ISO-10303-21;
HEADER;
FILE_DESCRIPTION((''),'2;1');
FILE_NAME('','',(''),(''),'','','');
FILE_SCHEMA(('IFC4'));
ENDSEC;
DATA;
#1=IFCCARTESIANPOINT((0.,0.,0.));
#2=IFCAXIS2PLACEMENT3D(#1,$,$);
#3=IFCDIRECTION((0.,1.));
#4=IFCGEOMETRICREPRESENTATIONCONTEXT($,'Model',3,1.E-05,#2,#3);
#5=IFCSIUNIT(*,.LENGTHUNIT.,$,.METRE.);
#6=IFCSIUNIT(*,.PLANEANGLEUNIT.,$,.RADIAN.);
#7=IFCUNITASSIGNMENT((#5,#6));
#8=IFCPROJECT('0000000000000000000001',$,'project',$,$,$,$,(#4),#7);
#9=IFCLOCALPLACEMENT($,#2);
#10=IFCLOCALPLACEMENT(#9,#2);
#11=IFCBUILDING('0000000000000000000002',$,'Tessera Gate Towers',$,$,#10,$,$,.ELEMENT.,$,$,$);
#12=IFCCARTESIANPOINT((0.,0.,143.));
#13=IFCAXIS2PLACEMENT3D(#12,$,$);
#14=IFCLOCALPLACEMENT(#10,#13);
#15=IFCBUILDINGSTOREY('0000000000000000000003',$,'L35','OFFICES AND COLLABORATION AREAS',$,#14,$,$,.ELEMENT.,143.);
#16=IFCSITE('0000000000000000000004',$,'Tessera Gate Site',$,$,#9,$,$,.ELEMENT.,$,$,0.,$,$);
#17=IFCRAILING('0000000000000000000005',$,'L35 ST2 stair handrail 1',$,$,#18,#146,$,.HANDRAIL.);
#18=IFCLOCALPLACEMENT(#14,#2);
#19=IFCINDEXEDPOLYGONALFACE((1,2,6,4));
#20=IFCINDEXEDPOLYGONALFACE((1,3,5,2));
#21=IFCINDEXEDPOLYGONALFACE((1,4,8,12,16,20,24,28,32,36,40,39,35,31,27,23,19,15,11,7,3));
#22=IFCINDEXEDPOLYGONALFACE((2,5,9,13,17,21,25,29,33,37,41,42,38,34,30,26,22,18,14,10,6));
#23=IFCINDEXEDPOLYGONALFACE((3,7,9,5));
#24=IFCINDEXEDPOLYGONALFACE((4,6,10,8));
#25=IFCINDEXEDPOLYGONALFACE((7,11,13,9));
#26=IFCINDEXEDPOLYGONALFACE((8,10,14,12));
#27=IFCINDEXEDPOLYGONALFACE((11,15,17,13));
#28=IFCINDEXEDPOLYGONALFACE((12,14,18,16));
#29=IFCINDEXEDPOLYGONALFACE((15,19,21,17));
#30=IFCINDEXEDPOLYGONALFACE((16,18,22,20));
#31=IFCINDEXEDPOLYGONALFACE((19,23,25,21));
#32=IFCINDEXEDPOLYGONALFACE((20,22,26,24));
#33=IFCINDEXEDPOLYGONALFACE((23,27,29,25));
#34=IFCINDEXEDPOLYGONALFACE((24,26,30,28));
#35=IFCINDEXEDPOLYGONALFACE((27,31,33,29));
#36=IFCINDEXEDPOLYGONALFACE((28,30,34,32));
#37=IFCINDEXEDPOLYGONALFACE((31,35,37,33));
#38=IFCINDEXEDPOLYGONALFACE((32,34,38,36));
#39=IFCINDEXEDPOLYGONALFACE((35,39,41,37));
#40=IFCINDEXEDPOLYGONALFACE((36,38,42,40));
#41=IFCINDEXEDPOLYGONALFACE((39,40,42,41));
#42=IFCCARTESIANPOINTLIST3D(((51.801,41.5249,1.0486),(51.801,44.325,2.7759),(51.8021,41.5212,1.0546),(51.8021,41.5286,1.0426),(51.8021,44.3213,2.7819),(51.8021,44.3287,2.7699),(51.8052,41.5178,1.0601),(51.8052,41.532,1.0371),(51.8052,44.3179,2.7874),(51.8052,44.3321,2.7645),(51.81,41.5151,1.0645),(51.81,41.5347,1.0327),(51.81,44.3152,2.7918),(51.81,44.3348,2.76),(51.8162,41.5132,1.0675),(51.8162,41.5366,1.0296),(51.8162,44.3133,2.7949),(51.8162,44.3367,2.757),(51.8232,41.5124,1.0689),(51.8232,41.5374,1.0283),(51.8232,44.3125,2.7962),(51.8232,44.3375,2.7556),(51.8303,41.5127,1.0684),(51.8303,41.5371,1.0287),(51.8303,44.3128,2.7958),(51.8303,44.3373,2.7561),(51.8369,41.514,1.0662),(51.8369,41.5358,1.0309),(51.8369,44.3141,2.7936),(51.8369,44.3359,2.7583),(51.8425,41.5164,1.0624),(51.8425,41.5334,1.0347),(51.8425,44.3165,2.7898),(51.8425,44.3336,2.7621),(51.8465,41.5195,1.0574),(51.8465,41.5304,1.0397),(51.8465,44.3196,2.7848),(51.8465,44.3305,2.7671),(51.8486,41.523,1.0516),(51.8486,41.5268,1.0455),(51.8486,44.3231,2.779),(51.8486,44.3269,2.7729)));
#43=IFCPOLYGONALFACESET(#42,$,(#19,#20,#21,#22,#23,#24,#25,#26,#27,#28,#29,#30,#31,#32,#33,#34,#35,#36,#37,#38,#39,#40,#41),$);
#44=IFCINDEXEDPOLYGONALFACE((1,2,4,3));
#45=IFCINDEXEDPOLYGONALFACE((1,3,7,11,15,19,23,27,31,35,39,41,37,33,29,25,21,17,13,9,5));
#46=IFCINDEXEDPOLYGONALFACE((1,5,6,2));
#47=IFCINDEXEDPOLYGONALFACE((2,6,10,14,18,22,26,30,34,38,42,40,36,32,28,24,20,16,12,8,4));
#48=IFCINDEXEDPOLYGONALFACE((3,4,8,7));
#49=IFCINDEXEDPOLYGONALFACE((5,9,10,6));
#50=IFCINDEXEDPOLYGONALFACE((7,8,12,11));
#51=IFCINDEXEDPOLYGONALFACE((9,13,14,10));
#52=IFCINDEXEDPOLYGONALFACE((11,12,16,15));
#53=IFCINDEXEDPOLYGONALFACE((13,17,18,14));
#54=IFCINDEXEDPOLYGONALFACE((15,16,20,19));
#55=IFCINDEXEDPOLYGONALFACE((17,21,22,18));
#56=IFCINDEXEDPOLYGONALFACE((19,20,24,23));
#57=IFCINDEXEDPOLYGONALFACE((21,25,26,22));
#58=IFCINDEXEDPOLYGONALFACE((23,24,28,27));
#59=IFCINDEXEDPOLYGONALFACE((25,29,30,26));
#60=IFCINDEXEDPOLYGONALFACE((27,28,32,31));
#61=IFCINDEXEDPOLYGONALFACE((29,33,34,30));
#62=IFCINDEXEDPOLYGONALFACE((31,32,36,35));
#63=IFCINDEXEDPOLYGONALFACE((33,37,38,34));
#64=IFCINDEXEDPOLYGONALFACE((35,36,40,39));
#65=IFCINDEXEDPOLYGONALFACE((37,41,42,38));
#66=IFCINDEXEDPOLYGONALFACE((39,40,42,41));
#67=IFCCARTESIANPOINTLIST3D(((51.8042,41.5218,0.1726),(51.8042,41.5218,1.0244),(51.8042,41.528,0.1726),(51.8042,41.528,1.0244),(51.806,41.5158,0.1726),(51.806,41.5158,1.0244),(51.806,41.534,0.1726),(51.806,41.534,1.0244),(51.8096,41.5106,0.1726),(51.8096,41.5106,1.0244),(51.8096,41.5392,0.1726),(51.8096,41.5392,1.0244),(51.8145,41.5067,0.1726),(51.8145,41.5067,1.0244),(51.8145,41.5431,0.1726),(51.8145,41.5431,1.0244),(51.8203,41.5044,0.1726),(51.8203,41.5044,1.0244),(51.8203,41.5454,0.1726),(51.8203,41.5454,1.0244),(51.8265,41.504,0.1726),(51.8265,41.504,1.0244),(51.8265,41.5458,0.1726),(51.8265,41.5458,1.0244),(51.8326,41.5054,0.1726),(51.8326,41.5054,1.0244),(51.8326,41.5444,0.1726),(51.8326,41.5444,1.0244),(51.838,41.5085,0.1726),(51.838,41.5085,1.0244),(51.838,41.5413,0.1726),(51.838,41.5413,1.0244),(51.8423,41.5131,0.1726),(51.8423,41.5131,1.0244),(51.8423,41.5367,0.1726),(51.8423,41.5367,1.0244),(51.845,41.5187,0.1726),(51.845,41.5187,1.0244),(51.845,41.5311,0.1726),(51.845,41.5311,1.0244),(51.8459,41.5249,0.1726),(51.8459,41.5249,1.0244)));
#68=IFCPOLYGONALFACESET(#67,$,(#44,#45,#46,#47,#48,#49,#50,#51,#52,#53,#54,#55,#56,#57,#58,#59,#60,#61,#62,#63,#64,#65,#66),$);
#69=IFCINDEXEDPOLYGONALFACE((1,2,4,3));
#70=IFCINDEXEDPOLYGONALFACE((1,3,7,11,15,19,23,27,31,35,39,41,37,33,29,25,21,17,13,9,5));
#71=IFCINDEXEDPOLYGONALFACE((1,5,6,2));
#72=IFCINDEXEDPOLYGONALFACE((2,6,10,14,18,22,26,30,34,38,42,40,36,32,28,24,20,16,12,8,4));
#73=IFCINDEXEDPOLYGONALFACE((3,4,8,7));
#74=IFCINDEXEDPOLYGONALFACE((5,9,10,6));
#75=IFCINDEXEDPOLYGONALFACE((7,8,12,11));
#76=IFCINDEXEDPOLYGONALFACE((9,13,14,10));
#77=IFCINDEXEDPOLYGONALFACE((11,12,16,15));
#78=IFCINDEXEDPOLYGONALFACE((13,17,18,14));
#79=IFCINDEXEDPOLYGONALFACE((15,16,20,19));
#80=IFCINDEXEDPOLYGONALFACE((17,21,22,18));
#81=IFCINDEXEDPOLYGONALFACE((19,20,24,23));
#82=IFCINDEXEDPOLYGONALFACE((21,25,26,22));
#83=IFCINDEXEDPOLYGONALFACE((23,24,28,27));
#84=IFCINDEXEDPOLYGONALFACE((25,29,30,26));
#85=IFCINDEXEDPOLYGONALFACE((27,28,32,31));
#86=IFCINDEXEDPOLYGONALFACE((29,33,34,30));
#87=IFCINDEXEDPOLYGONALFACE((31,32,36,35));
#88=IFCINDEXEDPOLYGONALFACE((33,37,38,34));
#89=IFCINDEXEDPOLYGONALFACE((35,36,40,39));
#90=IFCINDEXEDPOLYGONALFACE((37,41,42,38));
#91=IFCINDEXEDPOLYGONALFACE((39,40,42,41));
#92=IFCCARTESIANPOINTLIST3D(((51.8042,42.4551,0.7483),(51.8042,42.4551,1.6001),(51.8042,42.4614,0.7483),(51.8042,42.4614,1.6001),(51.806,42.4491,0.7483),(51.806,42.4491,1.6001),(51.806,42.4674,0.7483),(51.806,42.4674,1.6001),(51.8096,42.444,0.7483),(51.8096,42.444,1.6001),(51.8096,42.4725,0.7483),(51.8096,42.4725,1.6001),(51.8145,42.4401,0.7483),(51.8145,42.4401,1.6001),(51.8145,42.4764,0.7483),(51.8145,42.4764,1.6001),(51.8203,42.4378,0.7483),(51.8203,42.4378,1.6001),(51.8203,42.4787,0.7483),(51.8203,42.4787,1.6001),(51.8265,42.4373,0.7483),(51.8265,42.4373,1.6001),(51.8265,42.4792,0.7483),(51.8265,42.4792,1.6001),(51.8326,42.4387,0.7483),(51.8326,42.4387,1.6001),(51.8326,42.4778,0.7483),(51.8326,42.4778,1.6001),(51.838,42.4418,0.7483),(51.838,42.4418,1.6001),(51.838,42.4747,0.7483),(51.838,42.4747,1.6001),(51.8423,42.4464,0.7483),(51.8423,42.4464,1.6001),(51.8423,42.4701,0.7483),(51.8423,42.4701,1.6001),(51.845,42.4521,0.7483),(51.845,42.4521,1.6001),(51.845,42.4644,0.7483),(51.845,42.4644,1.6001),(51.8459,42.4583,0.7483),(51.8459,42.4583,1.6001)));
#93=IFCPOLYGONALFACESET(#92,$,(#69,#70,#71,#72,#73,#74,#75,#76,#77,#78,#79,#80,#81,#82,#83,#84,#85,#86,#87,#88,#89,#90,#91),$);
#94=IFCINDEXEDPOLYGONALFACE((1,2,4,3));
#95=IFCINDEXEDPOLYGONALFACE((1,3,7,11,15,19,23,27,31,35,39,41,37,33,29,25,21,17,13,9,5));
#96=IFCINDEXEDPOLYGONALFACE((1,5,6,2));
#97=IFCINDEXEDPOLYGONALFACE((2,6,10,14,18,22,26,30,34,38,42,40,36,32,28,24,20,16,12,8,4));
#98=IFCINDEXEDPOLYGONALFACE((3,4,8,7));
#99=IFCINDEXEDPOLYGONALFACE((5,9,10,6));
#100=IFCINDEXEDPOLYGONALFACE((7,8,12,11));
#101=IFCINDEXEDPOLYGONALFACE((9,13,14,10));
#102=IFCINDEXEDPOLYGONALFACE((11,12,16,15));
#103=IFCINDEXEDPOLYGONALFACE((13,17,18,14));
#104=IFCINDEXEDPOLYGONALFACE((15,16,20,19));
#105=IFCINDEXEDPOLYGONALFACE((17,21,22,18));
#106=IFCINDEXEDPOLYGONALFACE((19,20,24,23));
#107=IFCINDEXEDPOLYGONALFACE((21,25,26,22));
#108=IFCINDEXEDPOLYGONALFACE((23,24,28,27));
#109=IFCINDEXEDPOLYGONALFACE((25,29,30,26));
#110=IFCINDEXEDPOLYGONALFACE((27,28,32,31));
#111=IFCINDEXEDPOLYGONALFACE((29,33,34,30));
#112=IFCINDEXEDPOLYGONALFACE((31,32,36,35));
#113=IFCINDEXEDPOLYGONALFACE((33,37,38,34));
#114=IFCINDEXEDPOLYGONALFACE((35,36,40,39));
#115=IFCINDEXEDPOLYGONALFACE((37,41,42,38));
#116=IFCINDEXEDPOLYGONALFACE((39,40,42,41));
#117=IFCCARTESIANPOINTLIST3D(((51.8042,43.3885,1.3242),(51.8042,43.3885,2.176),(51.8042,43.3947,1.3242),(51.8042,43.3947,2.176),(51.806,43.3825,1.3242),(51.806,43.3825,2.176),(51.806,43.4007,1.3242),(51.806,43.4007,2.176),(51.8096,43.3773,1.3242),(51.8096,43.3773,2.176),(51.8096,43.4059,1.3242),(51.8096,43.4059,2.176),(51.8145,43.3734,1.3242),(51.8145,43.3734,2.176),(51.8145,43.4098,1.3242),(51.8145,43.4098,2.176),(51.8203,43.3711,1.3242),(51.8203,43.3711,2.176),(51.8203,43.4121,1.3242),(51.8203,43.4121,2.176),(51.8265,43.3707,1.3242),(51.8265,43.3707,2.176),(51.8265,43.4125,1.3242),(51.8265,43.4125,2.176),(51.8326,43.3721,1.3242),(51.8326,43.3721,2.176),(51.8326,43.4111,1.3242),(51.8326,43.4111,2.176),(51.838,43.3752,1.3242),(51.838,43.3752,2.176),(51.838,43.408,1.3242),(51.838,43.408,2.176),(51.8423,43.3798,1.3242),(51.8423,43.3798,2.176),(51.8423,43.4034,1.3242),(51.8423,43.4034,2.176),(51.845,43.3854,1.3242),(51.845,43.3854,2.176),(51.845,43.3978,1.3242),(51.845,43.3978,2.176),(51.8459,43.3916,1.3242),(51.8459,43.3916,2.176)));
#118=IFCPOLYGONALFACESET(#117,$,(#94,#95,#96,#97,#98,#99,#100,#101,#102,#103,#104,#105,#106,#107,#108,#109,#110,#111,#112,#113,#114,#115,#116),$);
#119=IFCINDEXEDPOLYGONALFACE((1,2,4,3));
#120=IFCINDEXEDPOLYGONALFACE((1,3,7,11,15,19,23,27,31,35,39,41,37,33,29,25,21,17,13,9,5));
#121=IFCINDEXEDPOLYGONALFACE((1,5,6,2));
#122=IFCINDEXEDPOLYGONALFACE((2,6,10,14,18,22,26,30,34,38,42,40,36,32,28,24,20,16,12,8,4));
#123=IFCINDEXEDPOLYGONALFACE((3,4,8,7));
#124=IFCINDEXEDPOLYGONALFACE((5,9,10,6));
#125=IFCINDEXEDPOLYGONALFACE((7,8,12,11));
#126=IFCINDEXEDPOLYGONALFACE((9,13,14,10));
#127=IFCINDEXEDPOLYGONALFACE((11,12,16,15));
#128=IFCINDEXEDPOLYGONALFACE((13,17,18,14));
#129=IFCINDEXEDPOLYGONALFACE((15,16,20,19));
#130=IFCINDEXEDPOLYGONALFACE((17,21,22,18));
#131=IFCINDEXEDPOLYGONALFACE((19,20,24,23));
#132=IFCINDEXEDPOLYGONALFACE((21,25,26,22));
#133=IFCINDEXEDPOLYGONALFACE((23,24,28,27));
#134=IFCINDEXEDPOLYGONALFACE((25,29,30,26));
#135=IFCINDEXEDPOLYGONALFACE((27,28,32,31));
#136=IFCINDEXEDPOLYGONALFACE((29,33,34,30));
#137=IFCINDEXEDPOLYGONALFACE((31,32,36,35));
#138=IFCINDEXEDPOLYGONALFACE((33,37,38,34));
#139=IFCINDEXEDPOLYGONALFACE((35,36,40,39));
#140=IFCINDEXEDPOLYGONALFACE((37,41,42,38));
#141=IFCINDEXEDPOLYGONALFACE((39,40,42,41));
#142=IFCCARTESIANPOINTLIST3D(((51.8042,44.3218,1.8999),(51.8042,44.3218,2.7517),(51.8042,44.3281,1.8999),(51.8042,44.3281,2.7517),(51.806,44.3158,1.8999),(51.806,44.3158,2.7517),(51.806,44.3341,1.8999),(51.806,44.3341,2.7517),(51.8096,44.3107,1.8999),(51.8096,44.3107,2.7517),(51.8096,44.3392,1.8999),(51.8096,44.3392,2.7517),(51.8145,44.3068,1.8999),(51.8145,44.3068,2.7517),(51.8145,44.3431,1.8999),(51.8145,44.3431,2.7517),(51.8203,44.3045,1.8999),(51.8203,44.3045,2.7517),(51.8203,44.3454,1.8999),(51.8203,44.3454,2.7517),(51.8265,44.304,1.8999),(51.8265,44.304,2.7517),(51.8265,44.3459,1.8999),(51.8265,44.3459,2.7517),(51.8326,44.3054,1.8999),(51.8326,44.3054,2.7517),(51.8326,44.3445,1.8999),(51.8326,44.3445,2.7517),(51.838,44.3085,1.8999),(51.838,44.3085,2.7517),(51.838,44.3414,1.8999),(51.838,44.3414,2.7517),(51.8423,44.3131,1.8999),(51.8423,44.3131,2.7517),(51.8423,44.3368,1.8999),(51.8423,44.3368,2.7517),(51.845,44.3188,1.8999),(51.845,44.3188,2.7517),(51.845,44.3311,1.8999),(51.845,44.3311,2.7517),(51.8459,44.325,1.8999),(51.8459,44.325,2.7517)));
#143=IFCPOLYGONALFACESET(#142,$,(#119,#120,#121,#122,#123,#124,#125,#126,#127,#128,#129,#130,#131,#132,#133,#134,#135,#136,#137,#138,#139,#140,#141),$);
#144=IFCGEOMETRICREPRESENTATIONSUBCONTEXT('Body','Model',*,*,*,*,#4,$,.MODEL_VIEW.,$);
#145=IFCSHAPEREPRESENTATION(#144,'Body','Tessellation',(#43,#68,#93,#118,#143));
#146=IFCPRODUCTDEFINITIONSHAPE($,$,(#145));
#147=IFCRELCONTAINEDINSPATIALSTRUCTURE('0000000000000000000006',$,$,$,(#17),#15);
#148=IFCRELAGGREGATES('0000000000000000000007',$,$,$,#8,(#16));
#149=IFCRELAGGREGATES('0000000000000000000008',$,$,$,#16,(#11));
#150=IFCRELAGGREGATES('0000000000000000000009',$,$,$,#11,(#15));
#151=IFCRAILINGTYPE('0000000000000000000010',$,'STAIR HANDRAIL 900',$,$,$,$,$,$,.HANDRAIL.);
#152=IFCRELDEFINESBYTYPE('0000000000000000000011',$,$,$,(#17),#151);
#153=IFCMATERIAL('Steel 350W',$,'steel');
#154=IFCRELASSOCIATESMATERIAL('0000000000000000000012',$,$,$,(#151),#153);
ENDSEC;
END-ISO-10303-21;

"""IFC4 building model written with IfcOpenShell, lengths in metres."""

from ifc_helpers import new_model, si_unit, direction, frame, origin, origin_2d, place, context, subcontext, project, spatial, circle, extrude, material, type_object, element, save


model = new_model("IFC4")

# Units and contexts
model_context = context("Model", 3, precision=1e-05, world=origin(), true_north=direction((0.0, 1.0)))
body_context = subcontext(model_context, "Body", "Model", "MODEL_VIEW")
ifc_project = project(units=[si_unit("LENGTHUNIT", "METRE"), si_unit("PLANEANGLEUNIT", "RADIAN")], contexts=[model_context])

# Site, building, storey
site_placement = place(None, origin())
site = spatial("IfcSite", under=ifc_project, at=site_placement, Name="Tessera Gate Site", CompositionType="ELEMENT", RefElevation=0.0)
building_placement = place(site_placement, origin())
building = spatial("IfcBuilding", under=site, at=building_placement, Name="Tessera Gate Towers", CompositionType="ELEMENT")
storey_placement = place(building_placement, frame((0.0, 0.0, 143.0)))
storey = spatial("IfcBuildingStorey", under=building, at=storey_placement, Name="L35", Description="OFFICES AND COLLABORATION AREAS", CompositionType="ELEMENT", Elevation=143.0)

# Railing
ifc_material_1 = material(Name="Steel 350W", Category="steel")
railing_type_1 = type_object("IfcRailingType", Name="STAIR HANDRAIL 900", PredefinedType="HANDRAIL", material=ifc_material_1)
railing_1_placement = place(storey_placement, frame((51.825, 41.5249, 0.1726)))
element("IfcRailing", 1, at=railing_1_placement, inside=storey, type_object=railing_type_1, Name="L35 ST2 stair handrail 1", PredefinedType="HANDRAIL", context=body_context, shape_type="SweptSolid", body=[
    extrude(circle(Radius=0.0239, at=origin_2d()), frame((0.0, 0.0, 0.876), z_axis=(0.0, 0.85109, 0.52502), x_axis=(-1.0, 0.0, 0.0)), (0.0, 0.0, 1.0), 3.29),
    extrude(circle(Radius=0.021, at=origin_2d()), origin(), (0.0, 0.0, 1.0), 0.8518),
    extrude(circle(Radius=0.021, at=origin_2d()), frame((0.0, 0.9333, 0.5757)), (0.0, 0.0, 1.0), 0.8518),
    extrude(circle(Radius=0.021, at=origin_2d()), frame((0.0, 1.8667, 1.1516)), (0.0, 0.0, 1.0), 0.8518),
    extrude(circle(Radius=0.021, at=origin_2d()), frame((0.0, 2.8, 1.7273)), (0.0, 0.0, 1.0), 0.8518),
])

save(model, "model.ifc")
